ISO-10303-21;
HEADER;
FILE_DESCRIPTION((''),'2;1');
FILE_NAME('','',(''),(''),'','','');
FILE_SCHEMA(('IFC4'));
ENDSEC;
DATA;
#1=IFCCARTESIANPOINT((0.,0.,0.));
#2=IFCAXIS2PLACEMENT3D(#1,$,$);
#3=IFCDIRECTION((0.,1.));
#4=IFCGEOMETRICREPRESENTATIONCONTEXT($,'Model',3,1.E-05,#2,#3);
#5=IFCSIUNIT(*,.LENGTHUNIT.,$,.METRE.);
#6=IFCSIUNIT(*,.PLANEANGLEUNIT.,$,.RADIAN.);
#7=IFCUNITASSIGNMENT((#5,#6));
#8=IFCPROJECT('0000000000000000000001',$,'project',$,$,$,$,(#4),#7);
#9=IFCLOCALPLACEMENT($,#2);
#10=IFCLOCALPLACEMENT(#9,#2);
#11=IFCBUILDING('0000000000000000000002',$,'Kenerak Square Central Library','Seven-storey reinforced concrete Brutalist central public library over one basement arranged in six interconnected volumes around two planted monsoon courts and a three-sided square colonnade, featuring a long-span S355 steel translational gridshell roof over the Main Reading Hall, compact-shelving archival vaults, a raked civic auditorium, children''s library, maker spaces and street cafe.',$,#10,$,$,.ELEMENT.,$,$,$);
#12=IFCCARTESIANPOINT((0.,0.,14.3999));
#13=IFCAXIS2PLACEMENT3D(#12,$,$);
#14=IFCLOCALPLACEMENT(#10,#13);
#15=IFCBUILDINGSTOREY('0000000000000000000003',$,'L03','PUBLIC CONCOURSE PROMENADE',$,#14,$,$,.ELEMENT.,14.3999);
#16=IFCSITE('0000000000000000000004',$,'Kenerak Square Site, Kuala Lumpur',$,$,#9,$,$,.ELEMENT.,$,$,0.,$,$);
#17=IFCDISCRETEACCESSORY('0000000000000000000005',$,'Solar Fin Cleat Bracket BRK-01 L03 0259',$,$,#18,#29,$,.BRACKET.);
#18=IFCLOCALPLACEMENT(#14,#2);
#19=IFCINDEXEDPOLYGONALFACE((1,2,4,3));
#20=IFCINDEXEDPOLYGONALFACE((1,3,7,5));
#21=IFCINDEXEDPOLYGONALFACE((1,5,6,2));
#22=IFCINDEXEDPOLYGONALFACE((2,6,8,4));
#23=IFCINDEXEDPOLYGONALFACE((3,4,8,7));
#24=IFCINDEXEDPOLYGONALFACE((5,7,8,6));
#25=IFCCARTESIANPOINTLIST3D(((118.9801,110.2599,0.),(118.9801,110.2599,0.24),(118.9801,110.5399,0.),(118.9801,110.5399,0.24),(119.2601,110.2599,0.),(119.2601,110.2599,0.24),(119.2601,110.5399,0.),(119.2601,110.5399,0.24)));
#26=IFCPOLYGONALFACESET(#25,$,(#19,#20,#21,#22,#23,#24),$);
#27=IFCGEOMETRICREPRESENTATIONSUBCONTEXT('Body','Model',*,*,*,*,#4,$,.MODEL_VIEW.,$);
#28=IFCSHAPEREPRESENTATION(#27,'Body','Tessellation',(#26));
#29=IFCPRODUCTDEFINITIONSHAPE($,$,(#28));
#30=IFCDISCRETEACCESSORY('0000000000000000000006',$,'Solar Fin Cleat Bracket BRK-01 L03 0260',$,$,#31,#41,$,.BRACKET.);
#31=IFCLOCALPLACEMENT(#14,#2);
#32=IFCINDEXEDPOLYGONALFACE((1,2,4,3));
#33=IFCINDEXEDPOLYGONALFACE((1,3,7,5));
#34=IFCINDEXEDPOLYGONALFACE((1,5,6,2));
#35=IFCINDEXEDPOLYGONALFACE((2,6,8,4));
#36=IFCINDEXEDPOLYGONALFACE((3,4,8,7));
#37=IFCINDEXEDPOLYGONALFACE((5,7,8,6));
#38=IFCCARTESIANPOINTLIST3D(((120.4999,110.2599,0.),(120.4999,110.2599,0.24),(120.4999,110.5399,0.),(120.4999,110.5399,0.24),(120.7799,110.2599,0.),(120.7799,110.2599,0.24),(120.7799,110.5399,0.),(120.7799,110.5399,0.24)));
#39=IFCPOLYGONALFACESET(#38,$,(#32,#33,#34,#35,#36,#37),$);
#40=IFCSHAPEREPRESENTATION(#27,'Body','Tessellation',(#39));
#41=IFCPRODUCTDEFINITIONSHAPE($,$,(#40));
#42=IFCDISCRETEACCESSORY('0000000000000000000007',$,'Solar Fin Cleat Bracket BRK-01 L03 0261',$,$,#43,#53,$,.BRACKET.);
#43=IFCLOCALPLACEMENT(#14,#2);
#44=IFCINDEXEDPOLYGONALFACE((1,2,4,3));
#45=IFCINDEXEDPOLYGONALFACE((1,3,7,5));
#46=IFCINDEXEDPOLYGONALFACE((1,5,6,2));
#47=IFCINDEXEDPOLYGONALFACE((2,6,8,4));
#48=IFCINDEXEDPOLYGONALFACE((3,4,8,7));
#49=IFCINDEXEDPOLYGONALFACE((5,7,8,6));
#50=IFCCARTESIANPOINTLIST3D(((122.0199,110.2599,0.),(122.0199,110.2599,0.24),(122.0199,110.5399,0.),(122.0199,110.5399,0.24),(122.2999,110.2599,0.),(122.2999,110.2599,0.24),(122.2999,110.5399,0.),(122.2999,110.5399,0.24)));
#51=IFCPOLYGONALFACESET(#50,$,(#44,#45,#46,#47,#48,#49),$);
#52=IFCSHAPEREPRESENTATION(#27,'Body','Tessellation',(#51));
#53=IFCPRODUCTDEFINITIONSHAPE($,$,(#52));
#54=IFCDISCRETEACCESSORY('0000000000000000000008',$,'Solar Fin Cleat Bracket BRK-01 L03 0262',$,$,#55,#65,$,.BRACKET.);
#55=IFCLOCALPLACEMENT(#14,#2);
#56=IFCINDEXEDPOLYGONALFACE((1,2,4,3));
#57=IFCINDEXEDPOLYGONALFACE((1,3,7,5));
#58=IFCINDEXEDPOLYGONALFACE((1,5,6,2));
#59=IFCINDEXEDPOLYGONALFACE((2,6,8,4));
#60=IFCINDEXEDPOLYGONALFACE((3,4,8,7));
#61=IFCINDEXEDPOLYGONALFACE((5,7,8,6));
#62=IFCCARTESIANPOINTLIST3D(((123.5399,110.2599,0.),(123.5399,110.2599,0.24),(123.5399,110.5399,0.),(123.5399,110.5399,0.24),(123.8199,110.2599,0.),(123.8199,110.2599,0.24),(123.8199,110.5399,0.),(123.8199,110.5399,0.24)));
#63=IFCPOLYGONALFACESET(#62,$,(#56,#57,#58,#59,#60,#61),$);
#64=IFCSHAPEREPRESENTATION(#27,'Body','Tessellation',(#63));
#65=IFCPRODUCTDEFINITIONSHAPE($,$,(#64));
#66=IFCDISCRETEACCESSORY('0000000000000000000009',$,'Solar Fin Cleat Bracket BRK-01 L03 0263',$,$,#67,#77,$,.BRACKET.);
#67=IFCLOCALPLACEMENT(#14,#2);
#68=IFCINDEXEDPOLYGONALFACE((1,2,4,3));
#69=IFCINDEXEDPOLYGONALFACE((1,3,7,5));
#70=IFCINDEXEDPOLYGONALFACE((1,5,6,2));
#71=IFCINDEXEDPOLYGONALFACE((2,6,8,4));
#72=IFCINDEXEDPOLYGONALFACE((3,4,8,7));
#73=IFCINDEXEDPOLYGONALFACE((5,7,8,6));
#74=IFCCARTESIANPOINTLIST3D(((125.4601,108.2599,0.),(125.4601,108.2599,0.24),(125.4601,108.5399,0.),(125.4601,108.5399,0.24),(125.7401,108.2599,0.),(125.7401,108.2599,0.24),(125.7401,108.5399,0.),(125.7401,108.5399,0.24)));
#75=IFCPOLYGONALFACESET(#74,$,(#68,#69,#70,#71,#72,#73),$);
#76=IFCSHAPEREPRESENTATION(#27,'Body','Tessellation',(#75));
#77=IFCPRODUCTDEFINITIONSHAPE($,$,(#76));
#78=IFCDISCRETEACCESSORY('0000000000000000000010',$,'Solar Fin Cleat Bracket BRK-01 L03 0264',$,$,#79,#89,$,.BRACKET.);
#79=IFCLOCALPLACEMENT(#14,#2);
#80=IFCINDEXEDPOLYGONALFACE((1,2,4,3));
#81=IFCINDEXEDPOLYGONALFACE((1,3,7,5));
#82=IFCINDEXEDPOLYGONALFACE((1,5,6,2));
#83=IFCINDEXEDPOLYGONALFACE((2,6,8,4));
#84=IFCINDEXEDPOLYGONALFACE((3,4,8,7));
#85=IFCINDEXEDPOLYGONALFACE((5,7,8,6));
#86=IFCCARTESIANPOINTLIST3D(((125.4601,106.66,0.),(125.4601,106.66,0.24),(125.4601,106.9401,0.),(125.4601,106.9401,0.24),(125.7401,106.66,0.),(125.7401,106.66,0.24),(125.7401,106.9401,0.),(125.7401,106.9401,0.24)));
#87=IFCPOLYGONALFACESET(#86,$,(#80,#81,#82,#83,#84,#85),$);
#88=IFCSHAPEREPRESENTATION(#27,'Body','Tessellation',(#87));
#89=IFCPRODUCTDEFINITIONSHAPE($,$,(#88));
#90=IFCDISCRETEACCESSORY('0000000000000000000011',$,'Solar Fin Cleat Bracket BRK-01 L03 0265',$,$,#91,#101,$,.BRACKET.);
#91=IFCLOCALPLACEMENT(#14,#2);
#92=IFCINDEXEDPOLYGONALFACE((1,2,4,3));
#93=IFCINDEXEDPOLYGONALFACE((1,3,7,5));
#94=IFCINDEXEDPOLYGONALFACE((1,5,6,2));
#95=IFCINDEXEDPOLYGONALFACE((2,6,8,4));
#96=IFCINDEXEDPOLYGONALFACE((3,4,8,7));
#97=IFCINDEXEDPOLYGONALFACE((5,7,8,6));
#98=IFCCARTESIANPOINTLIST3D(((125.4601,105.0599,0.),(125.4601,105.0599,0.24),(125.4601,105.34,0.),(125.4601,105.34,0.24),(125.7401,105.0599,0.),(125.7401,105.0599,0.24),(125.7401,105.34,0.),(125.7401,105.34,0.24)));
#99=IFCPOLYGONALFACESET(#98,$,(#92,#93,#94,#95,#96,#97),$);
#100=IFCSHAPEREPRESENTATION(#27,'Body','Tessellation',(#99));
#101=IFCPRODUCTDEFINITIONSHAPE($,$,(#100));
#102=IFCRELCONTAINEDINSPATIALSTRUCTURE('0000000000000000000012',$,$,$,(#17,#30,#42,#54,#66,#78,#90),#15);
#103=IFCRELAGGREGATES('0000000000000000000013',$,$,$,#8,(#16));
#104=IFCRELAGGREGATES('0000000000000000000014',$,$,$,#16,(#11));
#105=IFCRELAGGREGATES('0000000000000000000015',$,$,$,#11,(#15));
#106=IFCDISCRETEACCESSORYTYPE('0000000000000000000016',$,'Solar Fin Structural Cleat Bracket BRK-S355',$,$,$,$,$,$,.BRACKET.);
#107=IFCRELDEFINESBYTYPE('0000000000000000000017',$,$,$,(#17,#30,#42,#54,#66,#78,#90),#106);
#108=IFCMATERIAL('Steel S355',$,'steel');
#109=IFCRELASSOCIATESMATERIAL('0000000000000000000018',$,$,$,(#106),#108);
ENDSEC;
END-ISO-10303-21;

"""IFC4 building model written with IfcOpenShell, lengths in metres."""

from ifc_helpers import new_model, si_unit, direction, frame, origin, origin_2d, place, context, subcontext, project, spatial, rectangle, extrude, material, type_object, element, save


model = new_model("IFC4")

# Units and contexts
model_context = context("Model", 3, precision=1e-05, world=origin(), true_north=direction((0.0, 1.0)))
body_context = subcontext(model_context, "Body", "Model", "MODEL_VIEW")
ifc_project = project(units=[si_unit("LENGTHUNIT", "METRE"), si_unit("PLANEANGLEUNIT", "RADIAN")], contexts=[model_context])

# Site, building, storey
site_placement = place(None, origin())
site = spatial("IfcSite", under=ifc_project, at=site_placement, Name="Kenerak Square Site, Kuala Lumpur", CompositionType="ELEMENT", RefElevation=0.0)
building_placement = place(site_placement, origin())
building = spatial("IfcBuilding", under=site, at=building_placement, Name="Kenerak Square Central Library", Description="Seven-storey reinforced concrete Brutalist central public library over one basement arranged in six interconnected volumes around two planted monsoon courts and a three-sided square colonnade, featuring a long-span S355 steel translational gridshell roof over the Main Reading Hall, compact-shelving archival vaults, a raked civic auditorium, children's library, maker spaces and street cafe.", CompositionType="ELEMENT")
storey_placement = place(building_placement, frame((0.0, 0.0, 14.3999)))
storey = spatial("IfcBuildingStorey", under=building, at=storey_placement, Name="L03", Description="PUBLIC CONCOURSE PROMENADE", CompositionType="ELEMENT", Elevation=14.3999)

# Shared definitions
ifc_material_1 = material(Name="Steel S355", Category="steel")

# Discrete accessories
discrete_accessory_type = type_object("IfcDiscreteAccessoryType", Name="Solar Fin Structural Cleat Bracket BRK-S355", PredefinedType="BRACKET", material=ifc_material_1)
for number, where, z_axis, x_axis, name in (
    (1, (119.1201, 110.3999, 0.0), (0.0, 0.0, 1.0), (1.0, 0.0, 0.0), "Solar Fin Cleat Bracket BRK-01 L03 0259"),
    (2, (120.6399, 110.3999, 0.0), (0.0, 0.0, 1.0), (1.0, 0.0, 0.0), "Solar Fin Cleat Bracket BRK-01 L03 0260"),
    (3, (122.1599, 110.3999, 0.0), (0.0, 0.0, 1.0), (1.0, 0.0, 0.0), "Solar Fin Cleat Bracket BRK-01 L03 0261"),
    (4, (123.6799, 110.3999, 0.0), (0.0, 0.0, 1.0), (1.0, 0.0, 0.0), "Solar Fin Cleat Bracket BRK-01 L03 0262"),
    (5, (125.6001, 108.3999, 0.0), (0.0, 0.0, 1.0), (0.0, -1.0, 0.0), "Solar Fin Cleat Bracket BRK-01 L03 0263"),
    (6, (125.6001, 106.8, 0.0), (0.0, 0.0, 1.0), (0.0, -1.0, 0.0), "Solar Fin Cleat Bracket BRK-01 L03 0264"),
    (7, (125.6001, 105.2, 0.0), (0.0, 0.0, 1.0), (0.0, -1.0, 0.0), "Solar Fin Cleat Bracket BRK-01 L03 0265"),
):
    element("IfcDiscreteAccessory", number, at=place(storey_placement, frame(where, z_axis=z_axis, x_axis=x_axis)), inside=storey, type_object=discrete_accessory_type, Name=name, PredefinedType="BRACKET", context=body_context, shape_type="SweptSolid", body=[
        extrude(rectangle(XDim=0.28, YDim=0.28, at=origin_2d()), origin(), (0.0, 0.0, 1.0), 0.24),
    ])

save(model, "model.ifc")
